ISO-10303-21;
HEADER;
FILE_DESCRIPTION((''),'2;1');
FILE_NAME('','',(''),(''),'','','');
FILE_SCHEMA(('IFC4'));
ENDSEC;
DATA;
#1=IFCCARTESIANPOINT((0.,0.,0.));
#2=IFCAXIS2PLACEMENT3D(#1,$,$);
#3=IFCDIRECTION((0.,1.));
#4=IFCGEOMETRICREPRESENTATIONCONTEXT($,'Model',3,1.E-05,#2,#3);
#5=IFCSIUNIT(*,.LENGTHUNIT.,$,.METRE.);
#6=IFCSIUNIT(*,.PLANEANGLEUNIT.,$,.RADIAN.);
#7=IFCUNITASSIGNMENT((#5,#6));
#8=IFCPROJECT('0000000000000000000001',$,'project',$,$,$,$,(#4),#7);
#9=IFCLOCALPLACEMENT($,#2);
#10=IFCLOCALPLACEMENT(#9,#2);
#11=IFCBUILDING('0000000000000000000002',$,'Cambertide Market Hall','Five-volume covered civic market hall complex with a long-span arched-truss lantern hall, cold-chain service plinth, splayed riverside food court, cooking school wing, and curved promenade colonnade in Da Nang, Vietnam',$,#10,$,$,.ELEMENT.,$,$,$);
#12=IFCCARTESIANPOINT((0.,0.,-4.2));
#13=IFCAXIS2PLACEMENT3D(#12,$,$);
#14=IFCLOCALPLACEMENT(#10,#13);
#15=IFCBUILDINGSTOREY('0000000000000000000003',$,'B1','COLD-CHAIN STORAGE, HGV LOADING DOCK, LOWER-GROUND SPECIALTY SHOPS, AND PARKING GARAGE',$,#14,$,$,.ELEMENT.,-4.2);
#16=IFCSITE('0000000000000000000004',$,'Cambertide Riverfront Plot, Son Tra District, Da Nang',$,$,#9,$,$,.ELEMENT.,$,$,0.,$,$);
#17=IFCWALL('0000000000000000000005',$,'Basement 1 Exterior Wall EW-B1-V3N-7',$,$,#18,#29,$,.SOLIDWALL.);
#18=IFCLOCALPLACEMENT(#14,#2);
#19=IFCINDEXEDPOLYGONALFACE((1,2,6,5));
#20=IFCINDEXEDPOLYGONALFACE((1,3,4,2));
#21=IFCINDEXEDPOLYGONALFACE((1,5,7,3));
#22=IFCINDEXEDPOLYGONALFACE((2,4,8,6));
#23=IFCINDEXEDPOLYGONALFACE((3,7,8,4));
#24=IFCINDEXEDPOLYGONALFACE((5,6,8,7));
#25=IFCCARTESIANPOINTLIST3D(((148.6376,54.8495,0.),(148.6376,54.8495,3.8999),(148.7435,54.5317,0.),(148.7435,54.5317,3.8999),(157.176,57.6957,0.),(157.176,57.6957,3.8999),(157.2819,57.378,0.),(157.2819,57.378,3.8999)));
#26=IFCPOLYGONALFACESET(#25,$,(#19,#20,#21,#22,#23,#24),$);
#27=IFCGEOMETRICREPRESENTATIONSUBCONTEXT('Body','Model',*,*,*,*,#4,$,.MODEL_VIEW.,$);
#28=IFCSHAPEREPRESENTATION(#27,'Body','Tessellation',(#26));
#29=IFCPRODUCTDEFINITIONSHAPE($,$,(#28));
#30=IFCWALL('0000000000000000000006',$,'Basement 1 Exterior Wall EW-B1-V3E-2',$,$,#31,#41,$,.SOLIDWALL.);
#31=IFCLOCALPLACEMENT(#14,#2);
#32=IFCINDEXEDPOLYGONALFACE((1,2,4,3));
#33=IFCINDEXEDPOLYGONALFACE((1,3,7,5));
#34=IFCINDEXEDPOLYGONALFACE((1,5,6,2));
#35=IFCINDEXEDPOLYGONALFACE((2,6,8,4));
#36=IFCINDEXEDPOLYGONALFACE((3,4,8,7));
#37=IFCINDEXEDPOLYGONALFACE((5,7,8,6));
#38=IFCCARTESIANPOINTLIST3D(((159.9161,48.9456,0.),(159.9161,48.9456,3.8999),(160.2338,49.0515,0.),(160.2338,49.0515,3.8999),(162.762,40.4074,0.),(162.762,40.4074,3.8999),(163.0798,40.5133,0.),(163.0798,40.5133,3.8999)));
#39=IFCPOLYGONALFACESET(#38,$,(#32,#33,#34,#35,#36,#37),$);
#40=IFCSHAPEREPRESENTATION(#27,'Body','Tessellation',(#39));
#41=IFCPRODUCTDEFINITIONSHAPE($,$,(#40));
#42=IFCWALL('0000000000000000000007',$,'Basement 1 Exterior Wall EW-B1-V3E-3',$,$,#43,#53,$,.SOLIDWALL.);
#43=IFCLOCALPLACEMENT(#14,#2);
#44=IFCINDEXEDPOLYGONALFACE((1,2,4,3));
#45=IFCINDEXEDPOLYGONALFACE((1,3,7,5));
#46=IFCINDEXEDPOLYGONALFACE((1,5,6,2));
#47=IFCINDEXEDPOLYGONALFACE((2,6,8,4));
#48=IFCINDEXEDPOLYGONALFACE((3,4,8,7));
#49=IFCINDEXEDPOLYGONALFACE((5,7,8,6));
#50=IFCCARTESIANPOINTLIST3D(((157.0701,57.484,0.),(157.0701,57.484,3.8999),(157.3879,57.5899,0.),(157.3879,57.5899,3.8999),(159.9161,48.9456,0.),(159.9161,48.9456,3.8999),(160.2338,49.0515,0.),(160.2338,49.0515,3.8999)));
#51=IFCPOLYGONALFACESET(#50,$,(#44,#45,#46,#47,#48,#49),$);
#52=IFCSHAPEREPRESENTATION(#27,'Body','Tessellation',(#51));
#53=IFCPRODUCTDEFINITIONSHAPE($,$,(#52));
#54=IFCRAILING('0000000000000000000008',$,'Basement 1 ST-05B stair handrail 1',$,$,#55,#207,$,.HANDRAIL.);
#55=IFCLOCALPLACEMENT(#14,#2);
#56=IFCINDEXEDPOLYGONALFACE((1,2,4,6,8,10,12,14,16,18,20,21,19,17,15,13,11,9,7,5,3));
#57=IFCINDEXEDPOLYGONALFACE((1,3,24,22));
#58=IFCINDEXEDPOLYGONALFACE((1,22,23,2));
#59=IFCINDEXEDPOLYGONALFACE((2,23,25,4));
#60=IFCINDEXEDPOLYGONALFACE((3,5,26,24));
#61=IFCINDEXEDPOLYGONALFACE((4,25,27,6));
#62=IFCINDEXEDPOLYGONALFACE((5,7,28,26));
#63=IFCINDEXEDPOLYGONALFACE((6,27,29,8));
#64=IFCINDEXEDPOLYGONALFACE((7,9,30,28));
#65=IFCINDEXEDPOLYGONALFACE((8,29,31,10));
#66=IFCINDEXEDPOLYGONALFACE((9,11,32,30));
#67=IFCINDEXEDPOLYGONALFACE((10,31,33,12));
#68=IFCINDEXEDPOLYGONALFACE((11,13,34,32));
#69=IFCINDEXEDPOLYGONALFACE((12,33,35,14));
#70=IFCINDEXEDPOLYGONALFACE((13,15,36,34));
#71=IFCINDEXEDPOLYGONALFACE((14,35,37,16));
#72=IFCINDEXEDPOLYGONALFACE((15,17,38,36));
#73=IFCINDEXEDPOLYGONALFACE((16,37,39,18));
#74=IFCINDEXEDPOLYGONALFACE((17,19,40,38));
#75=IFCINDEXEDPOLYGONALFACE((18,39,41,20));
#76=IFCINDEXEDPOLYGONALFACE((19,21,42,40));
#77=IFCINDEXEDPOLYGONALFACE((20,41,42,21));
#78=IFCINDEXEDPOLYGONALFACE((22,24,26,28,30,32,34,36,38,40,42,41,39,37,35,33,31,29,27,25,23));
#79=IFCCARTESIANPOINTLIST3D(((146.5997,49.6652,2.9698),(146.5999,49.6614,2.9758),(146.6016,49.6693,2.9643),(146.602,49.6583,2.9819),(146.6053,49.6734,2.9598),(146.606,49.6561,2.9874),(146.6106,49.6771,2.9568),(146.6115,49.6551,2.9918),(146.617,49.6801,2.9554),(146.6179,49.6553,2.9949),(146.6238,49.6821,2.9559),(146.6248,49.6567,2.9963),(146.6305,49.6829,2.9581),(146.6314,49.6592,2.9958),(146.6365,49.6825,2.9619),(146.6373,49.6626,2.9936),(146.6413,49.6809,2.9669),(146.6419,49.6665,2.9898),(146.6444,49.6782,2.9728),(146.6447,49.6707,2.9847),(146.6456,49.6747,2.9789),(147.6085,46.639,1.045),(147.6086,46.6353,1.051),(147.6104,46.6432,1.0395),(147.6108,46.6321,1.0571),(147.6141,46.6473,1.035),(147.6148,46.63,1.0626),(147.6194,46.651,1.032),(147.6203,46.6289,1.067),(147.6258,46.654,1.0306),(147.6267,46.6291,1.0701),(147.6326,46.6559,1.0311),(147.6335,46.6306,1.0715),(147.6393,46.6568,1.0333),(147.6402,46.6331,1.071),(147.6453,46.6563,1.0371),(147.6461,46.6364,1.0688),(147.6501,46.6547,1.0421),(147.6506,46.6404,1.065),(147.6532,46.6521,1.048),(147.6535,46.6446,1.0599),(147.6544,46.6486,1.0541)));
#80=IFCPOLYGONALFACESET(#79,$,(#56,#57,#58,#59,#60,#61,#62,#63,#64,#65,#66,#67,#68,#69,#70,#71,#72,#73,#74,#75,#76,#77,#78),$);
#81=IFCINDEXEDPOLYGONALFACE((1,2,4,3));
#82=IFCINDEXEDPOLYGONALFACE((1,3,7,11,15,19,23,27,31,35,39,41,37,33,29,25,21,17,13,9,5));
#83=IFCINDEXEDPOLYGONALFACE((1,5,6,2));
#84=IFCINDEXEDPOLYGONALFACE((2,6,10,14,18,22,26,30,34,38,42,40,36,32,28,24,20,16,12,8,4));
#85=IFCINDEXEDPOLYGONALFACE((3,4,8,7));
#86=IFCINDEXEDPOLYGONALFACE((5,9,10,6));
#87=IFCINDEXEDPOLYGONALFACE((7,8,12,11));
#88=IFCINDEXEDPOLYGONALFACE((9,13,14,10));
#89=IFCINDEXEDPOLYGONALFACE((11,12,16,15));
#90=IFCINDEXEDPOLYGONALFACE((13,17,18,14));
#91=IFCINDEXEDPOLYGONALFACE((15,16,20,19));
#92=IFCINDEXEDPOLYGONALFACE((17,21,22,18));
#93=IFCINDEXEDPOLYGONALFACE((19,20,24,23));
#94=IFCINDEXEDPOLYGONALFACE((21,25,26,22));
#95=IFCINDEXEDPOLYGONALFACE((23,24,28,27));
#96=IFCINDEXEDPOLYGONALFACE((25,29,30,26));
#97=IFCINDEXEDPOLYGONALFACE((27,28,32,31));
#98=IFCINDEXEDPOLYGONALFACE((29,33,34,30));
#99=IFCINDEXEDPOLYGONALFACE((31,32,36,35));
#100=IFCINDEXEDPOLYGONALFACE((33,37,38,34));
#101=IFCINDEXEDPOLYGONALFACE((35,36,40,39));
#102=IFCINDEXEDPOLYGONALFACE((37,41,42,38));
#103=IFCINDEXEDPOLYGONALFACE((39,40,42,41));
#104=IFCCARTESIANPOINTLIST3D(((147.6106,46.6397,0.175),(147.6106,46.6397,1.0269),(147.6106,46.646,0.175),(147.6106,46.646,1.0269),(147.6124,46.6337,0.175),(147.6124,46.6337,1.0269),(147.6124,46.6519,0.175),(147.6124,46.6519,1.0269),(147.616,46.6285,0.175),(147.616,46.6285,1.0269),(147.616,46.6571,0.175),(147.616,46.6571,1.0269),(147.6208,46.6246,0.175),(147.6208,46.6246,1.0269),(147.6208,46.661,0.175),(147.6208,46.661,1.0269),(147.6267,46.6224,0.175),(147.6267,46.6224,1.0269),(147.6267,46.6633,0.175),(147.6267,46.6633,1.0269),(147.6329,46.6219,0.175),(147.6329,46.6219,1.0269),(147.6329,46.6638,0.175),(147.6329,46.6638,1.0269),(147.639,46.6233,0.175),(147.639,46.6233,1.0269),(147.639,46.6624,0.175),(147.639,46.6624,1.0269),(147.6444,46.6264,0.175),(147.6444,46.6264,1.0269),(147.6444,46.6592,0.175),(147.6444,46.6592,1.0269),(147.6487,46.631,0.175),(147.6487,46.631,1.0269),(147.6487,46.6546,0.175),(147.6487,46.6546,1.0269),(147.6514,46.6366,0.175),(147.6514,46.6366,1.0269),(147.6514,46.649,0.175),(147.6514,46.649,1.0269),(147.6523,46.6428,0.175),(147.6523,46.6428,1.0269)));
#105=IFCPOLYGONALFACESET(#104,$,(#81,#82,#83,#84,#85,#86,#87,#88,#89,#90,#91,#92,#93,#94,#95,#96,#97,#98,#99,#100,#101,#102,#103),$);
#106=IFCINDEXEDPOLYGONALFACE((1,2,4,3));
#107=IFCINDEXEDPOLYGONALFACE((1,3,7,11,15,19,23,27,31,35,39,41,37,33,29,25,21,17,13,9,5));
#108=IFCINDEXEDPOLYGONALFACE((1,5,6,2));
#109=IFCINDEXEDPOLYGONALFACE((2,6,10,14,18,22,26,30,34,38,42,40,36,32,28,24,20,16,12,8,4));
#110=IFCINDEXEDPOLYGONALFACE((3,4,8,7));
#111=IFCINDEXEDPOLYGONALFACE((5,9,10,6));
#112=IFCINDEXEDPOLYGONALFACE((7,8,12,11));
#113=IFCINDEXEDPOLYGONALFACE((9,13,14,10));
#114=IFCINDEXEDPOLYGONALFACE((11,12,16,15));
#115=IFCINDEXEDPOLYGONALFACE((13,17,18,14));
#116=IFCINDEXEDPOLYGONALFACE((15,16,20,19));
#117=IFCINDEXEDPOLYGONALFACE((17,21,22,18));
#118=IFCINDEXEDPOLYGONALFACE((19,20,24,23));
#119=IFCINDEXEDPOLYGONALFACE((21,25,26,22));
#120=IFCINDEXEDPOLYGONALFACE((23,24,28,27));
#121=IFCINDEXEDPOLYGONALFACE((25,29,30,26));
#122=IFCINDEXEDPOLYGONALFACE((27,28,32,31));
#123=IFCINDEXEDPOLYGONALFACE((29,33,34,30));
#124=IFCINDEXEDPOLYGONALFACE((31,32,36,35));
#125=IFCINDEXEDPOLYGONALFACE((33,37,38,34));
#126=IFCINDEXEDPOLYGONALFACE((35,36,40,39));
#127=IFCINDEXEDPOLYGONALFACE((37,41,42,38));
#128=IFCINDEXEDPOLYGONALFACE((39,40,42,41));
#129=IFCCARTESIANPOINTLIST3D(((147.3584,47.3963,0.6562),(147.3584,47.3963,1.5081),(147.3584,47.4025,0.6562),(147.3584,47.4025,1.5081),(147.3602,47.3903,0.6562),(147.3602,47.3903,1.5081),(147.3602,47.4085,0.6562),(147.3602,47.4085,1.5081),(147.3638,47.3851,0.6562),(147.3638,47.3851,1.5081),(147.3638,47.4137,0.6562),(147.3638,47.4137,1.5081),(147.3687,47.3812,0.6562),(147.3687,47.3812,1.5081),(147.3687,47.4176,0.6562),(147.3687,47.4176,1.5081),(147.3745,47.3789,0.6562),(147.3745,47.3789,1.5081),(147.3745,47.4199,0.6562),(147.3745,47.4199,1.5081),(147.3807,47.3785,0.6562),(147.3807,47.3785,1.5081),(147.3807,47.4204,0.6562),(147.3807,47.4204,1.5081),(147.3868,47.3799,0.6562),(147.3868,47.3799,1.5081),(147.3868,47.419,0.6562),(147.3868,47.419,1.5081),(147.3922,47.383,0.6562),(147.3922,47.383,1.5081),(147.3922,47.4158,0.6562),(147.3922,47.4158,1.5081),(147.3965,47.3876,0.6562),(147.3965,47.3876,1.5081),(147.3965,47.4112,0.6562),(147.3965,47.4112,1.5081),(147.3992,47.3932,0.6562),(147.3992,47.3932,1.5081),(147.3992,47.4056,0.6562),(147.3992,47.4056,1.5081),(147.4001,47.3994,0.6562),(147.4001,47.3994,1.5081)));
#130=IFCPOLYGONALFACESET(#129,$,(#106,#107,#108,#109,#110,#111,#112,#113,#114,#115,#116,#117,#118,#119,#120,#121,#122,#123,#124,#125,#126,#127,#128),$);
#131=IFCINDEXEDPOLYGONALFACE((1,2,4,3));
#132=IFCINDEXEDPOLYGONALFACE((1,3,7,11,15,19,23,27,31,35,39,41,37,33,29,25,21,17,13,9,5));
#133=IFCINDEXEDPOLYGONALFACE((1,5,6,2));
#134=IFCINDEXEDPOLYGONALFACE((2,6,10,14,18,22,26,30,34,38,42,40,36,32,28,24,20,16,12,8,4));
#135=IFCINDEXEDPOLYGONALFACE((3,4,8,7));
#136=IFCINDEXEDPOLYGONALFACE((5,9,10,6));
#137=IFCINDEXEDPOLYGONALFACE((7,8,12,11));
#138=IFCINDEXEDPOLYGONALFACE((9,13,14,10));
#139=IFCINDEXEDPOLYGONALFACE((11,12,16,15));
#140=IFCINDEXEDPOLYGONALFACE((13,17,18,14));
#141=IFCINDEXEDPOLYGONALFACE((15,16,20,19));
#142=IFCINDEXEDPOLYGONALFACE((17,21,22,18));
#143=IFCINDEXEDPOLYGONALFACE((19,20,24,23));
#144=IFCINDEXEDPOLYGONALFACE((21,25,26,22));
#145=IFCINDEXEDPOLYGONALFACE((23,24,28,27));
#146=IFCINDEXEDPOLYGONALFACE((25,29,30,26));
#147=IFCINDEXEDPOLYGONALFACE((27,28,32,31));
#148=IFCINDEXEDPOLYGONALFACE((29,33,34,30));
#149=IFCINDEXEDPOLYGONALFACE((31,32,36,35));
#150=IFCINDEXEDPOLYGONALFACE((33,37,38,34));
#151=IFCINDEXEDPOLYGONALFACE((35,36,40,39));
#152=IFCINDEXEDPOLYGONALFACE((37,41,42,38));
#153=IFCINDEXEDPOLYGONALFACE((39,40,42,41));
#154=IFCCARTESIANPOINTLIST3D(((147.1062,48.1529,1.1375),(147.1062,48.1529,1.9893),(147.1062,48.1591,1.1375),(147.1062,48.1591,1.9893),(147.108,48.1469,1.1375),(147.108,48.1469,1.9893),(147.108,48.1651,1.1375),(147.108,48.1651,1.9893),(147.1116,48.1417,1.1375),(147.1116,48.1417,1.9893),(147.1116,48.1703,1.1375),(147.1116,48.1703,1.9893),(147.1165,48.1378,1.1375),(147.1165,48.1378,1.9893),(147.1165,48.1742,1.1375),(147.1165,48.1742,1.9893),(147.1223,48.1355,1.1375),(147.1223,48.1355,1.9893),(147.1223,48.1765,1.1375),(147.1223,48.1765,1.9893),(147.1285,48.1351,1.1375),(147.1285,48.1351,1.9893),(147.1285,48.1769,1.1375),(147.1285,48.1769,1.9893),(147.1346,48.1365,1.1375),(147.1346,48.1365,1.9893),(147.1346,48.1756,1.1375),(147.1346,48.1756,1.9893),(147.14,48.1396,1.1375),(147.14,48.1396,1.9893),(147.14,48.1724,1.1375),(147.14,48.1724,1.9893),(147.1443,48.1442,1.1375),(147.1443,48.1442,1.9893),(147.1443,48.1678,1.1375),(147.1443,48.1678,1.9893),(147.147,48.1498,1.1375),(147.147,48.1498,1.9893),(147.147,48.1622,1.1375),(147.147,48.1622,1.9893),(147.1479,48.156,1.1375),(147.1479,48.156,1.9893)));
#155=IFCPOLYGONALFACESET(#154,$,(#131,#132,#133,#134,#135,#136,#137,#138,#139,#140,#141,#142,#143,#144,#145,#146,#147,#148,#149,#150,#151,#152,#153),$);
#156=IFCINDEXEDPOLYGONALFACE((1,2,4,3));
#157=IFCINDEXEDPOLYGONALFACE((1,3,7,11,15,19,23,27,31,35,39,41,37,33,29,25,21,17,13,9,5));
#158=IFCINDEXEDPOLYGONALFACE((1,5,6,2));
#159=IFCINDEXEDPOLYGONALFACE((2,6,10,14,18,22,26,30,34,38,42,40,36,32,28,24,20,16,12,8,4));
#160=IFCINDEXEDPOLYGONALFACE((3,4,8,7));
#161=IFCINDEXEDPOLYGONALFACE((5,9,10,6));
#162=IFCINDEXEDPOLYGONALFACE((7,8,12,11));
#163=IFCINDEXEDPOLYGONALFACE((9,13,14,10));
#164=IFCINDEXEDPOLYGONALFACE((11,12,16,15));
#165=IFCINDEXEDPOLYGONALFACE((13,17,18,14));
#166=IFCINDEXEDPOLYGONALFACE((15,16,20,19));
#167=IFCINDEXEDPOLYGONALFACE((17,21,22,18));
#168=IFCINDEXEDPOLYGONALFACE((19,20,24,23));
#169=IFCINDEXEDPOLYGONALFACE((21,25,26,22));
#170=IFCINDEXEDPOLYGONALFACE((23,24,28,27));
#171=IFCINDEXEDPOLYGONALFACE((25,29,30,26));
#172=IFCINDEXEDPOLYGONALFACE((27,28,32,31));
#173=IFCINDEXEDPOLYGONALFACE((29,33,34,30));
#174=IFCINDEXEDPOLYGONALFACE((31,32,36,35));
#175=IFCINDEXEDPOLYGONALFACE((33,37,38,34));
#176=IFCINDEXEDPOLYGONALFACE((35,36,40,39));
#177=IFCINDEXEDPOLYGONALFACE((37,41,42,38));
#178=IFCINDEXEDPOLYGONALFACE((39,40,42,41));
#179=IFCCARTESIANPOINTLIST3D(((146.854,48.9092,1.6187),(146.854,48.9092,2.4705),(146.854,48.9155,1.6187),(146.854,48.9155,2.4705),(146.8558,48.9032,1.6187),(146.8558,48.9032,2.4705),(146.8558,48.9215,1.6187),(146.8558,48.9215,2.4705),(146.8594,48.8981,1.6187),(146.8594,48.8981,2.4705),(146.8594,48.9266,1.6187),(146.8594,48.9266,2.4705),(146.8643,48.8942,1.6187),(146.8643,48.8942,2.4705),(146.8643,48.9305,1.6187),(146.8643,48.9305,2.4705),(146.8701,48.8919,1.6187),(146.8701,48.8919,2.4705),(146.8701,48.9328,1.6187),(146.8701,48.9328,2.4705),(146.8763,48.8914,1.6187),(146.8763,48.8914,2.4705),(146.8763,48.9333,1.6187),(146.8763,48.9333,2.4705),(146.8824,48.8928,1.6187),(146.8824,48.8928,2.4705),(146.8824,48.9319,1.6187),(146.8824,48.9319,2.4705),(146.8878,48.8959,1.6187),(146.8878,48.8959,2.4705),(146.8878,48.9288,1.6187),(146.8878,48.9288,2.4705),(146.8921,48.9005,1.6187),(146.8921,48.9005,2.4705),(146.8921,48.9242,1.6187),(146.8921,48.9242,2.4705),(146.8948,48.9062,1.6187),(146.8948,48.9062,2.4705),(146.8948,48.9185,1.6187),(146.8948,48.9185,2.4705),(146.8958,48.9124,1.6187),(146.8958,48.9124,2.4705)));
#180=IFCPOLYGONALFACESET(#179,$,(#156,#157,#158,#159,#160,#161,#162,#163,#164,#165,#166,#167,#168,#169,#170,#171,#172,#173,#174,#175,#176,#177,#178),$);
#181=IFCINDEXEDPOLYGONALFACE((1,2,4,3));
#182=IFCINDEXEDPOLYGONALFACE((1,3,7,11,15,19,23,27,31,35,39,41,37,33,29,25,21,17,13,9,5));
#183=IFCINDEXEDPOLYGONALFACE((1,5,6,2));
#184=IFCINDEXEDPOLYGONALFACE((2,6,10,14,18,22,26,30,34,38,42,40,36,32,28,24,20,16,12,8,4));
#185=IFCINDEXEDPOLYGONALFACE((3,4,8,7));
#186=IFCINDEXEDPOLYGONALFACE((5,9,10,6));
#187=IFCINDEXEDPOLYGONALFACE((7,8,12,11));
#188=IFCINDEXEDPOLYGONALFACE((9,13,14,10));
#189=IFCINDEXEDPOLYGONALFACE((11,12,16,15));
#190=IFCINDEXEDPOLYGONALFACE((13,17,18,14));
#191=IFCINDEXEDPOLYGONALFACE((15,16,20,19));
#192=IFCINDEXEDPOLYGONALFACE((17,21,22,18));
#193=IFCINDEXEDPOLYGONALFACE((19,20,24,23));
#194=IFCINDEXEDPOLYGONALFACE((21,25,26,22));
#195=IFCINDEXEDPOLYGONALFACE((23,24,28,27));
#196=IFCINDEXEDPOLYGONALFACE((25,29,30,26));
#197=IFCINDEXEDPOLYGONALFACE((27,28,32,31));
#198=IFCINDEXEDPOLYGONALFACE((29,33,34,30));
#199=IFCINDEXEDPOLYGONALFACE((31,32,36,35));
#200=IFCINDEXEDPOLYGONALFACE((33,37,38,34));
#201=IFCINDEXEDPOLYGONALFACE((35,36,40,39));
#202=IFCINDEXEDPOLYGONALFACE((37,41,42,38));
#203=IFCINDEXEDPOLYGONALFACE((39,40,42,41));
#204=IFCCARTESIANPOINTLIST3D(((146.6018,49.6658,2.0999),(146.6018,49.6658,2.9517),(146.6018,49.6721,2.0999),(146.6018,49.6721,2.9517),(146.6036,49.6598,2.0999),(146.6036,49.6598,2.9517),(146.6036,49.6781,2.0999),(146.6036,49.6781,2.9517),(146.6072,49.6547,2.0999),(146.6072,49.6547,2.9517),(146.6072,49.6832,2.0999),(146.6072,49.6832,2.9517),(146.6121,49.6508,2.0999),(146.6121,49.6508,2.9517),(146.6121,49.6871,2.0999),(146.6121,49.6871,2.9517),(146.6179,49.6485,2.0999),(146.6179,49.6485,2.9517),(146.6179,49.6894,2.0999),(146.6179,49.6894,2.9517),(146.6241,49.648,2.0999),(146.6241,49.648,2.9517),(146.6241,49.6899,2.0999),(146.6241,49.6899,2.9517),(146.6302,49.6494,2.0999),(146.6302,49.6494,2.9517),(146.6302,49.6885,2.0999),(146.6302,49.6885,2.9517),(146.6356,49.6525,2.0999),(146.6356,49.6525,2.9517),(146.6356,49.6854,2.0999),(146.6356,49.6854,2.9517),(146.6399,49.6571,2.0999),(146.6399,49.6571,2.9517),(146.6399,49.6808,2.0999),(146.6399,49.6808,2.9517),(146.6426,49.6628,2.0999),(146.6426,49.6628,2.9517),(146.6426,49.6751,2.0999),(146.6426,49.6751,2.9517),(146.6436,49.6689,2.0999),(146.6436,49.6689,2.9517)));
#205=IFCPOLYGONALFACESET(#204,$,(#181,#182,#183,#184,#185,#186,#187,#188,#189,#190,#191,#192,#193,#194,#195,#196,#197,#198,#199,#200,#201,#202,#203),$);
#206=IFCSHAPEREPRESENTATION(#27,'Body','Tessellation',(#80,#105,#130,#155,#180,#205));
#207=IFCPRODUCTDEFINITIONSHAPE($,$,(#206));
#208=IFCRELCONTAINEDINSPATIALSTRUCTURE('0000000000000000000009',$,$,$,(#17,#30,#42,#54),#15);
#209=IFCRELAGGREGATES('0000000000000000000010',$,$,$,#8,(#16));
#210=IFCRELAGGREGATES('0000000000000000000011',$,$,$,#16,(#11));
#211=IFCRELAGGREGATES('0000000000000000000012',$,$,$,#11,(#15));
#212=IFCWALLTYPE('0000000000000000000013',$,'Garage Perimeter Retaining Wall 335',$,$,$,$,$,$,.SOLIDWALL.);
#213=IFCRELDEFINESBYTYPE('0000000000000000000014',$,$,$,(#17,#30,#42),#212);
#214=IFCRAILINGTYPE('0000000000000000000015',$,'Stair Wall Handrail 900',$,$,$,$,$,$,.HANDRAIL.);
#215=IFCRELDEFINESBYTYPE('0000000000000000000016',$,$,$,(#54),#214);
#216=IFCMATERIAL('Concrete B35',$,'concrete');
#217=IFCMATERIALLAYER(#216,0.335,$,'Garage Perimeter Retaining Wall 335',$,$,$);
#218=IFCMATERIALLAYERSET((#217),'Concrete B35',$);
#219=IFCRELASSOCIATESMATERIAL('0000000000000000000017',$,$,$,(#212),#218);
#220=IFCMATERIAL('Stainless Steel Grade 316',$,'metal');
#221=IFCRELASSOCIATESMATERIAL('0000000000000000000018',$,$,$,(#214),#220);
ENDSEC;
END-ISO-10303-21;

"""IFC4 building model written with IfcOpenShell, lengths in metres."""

from ifc_helpers import new_model, si_unit, direction, frame, frame_2d, origin, origin_2d, place, context, subcontext, project, spatial, rectangle, circle, extrude, material, layer, layer_set, type_object, element, save


model = new_model("IFC4")

# Units and contexts
model_context = context("Model", 3, precision=1e-05, world=origin(), true_north=direction((0.0, 1.0)))
body_context = subcontext(model_context, "Body", "Model", "MODEL_VIEW")
ifc_project = project(units=[si_unit("LENGTHUNIT", "METRE"), si_unit("PLANEANGLEUNIT", "RADIAN")], contexts=[model_context])

# Site, building, storey
site_placement = place(None, origin())
site = spatial("IfcSite", under=ifc_project, at=site_placement, Name="Cambertide Riverfront Plot, Son Tra District, Da Nang", CompositionType="ELEMENT", RefElevation=0.0)
building_placement = place(site_placement, origin())
building = spatial("IfcBuilding", under=site, at=building_placement, Name="Cambertide Market Hall", Description="Five-volume covered civic market hall complex with a long-span arched-truss lantern hall, cold-chain service plinth, splayed riverside food court, cooking school wing, and curved promenade colonnade in Da Nang, Vietnam", CompositionType="ELEMENT")
storey_placement = place(building_placement, frame((0.0, 0.0, -4.2)))
storey = spatial("IfcBuildingStorey", under=building, at=storey_placement, Name="B1", Description="COLD-CHAIN STORAGE, HGV LOADING DOCK, LOWER-GROUND SPECIALTY SHOPS, AND PARKING GARAGE", CompositionType="ELEMENT", Elevation=-4.2)

# Walls
ifc_material_1 = material(Name="Concrete B35", Category="concrete")
ifc_layer_1 = layer(ifc_material_1, 0.335, Name="Garage Perimeter Retaining Wall 335")
ifc_layer_set_1 = layer_set([ifc_layer_1], Name="Concrete B35")
wall_type_1 = type_object("IfcWallType", Name="Garage Perimeter Retaining Wall 335", PredefinedType="SOLIDWALL", material=ifc_layer_set_1)
wall_1_placement = place(storey_placement, frame((148.6907, 54.6907, 0.0), z_axis=(0.0, 0.0, 1.0), x_axis=(0.948681, 0.316236, 0.0)))
element("IfcWall", 1, at=wall_1_placement, inside=storey, type_object=wall_type_1, Name="Basement 1 Exterior Wall EW-B1-V3N-7", PredefinedType="SOLIDWALL", context=body_context, shape_type="SweptSolid", body=[
    extrude(rectangle(XDim=9.0002, YDim=0.335, at=frame_2d((4.5, 0.0))), origin(), (0.0, 0.0, 1.0), 3.8999),
])
wall_2_placement = place(storey_placement, frame((160.075, 48.9985, 0.0), z_axis=(0.0, 0.0, 1.0), x_axis=(0.31622, -0.948686, 0.0)))
element("IfcWall", 2, at=wall_2_placement, inside=storey, type_object=wall_type_1, Name="Basement 1 Exterior Wall EW-B1-V3E-2", PredefinedType="SOLIDWALL", context=body_context, shape_type="SweptSolid", body=[
    extrude(rectangle(XDim=9.0, YDim=0.335, at=frame_2d((4.5, 0.0))), origin(), (0.0, 0.0, 1.0), 3.8999),
])
wall_3_placement = place(storey_placement, frame((157.229, 57.5369, 0.0), z_axis=(0.0, 0.0, 1.0), x_axis=(0.316211, -0.948689, 0.0)))
element("IfcWall", 3, at=wall_3_placement, inside=storey, type_object=wall_type_1, Name="Basement 1 Exterior Wall EW-B1-V3E-3", PredefinedType="SOLIDWALL", context=body_context, shape_type="SweptSolid", body=[
    extrude(rectangle(XDim=9.0002, YDim=0.335, at=frame_2d((4.5, 0.0))), origin(), (0.0, 0.0, 1.0), 3.8999),
])

# Railing
ifc_material_2 = material(Name="Stainless Steel Grade 316", Category="metal")
railing_type = type_object("IfcRailingType", Name="Stair Wall Handrail 900", PredefinedType="HANDRAIL", material=ifc_material_2)
railing_placement = place(storey_placement, frame((147.6313, 46.6428, 0.175)))
element("IfcRailing", 4, at=railing_placement, inside=storey, type_object=railing_type, Name="Basement 1 ST-05B stair handrail 1", PredefinedType="HANDRAIL", context=body_context, shape_type="SweptSolid", body=[
    extrude(circle(Radius=0.0239, at=origin_2d()), frame((0.0, 0.0, 0.876), z_axis=(-0.270774, 0.812255, 0.516646), x_axis=(-0.948676, -0.316251, 0.0)), (0.0, 0.0, 1.0), 3.7256),
    extrude(circle(Radius=0.021, at=origin_2d()), origin(), (0.0, 0.0, 1.0), 0.8518),
    extrude(circle(Radius=0.021, at=origin_2d()), frame((-0.2522, 0.7566, 0.4812)), (0.0, 0.0, 1.0), 0.8518),
    extrude(circle(Radius=0.021, at=origin_2d()), frame((-0.5044, 1.5132, 0.9624)), (0.0, 0.0, 1.0), 0.8518),
    extrude(circle(Radius=0.021, at=origin_2d()), frame((-0.7566, 2.2695, 1.4436)), (0.0, 0.0, 1.0), 0.8518),
    extrude(circle(Radius=0.021, at=origin_2d()), frame((-1.0088, 3.0261, 1.9248)), (0.0, 0.0, 1.0), 0.8518),
])

save(model, "model.ifc")
